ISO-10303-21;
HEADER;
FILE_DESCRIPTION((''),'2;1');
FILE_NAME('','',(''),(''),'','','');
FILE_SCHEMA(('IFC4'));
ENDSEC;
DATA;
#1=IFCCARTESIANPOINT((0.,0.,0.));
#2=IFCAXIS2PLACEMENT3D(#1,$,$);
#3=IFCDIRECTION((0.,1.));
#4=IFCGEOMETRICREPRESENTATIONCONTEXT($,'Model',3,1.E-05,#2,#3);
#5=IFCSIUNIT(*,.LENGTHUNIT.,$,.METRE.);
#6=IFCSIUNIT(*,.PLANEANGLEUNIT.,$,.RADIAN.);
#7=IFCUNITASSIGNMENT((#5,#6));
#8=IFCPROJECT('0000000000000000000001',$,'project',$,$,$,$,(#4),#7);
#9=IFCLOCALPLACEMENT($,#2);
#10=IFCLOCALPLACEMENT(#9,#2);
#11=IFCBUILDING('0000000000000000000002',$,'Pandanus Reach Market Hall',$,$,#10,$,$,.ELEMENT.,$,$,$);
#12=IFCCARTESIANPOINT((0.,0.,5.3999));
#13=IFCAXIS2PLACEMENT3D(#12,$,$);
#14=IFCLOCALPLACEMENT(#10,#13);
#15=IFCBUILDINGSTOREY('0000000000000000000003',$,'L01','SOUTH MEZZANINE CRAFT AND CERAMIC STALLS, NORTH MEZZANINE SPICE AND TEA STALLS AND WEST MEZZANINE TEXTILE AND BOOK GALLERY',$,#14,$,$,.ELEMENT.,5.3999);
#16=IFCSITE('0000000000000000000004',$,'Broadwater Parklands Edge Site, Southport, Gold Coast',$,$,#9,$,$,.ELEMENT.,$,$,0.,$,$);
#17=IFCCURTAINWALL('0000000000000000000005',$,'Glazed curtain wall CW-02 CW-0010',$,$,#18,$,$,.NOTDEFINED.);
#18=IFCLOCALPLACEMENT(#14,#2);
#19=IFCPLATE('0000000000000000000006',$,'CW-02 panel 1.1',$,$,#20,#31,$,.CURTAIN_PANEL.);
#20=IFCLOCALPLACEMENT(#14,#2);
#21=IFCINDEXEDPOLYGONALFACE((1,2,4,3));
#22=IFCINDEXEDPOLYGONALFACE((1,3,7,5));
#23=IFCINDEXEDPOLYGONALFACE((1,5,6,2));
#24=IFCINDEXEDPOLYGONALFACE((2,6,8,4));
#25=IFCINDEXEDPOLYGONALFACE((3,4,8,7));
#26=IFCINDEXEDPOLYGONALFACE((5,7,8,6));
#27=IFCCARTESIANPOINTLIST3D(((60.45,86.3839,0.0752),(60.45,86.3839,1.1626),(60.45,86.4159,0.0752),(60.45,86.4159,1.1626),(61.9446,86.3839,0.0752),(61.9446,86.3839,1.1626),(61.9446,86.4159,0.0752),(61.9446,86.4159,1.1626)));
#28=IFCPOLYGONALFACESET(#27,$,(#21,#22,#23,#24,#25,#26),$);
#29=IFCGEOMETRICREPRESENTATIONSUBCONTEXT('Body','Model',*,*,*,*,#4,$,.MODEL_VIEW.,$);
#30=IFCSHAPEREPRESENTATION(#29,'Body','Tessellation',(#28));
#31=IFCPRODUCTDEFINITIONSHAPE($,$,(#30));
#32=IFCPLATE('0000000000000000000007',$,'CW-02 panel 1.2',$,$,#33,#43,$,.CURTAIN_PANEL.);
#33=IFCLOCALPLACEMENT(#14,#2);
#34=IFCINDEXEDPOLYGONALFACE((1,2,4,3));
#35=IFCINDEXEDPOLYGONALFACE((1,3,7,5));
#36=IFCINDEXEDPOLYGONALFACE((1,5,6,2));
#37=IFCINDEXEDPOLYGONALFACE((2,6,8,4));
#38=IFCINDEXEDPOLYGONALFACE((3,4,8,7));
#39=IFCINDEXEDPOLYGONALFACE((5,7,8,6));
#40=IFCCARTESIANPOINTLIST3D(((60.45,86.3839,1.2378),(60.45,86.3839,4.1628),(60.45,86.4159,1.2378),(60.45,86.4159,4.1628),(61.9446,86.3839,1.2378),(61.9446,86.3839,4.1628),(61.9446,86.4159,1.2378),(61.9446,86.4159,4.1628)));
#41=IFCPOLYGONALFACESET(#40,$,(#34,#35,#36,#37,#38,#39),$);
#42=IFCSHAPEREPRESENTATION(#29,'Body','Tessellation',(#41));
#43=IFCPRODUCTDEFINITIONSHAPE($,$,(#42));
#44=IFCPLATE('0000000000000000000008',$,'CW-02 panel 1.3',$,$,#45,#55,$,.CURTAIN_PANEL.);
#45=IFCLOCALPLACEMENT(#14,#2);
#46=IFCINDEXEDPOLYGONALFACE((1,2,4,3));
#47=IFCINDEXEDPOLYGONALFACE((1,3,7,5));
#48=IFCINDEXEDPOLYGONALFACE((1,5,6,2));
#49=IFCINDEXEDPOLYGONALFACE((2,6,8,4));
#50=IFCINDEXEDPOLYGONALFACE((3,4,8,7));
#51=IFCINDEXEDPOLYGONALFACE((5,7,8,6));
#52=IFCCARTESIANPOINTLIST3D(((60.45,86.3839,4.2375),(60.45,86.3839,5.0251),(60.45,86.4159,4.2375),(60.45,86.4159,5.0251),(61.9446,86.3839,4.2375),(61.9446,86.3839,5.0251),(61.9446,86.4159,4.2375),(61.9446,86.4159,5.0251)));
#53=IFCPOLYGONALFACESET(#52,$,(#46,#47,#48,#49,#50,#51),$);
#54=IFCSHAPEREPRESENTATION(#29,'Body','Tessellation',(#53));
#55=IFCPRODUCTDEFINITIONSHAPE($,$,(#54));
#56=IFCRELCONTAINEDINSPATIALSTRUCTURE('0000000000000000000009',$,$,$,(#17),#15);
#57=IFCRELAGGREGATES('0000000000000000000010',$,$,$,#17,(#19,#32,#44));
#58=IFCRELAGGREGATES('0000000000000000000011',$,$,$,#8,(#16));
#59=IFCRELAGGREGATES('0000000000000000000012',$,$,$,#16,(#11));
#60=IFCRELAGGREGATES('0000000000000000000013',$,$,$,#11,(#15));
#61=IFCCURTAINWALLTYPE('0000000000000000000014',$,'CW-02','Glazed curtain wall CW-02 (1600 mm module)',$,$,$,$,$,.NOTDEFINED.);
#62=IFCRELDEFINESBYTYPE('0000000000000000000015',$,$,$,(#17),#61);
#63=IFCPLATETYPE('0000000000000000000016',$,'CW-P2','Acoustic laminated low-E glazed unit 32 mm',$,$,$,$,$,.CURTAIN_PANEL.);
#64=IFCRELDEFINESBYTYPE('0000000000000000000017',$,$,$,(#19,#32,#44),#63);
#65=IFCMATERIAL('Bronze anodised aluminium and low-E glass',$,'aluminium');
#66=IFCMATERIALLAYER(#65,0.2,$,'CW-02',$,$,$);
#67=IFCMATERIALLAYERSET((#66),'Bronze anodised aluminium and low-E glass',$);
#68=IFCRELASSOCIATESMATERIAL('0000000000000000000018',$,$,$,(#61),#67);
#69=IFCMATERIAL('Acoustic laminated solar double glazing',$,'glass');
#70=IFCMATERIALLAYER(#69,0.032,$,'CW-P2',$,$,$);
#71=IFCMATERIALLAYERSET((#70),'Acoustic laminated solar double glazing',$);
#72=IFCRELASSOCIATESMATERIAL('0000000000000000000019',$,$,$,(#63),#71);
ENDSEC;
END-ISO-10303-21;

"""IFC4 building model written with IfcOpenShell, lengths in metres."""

from ifc_helpers import new_model, si_unit, direction, frame, origin, origin_2d, place, context, subcontext, project, spatial, rectangle, extrude, material, layer, layer_set, type_object, element, aggregate, save


model = new_model("IFC4")

# Units and contexts
model_context = context("Model", 3, precision=1e-05, world=origin(), true_north=direction((0.0, 1.0)))
body_context = subcontext(model_context, "Body", "Model", "MODEL_VIEW")
ifc_project = project(units=[si_unit("LENGTHUNIT", "METRE"), si_unit("PLANEANGLEUNIT", "RADIAN")], contexts=[model_context])

# Site, building, storey
site_placement = place(None, origin())
site = spatial("IfcSite", under=ifc_project, at=site_placement, Name="Broadwater Parklands Edge Site, Southport, Gold Coast", CompositionType="ELEMENT", RefElevation=0.0)
building_placement = place(site_placement, origin())
building = spatial("IfcBuilding", under=site, at=building_placement, Name="Pandanus Reach Market Hall", CompositionType="ELEMENT")
storey_placement = place(building_placement, frame((0.0, 0.0, 5.3999)))
storey = spatial("IfcBuildingStorey", under=building, at=storey_placement, Name="L01", Description="SOUTH MEZZANINE CRAFT AND CERAMIC STALLS, NORTH MEZZANINE SPICE AND TEA STALLS AND WEST MEZZANINE TEXTILE AND BOOK GALLERY", CompositionType="ELEMENT", Elevation=5.3999)

# Curtain wall, plates
ifc_material_1 = material(Name="Bronze anodised aluminium and low-E glass", Category="aluminium")
ifc_layer_1 = layer(ifc_material_1, 0.2, Name="CW-02")
ifc_layer_set_1 = layer_set([ifc_layer_1], Name="Bronze anodised aluminium and low-E glass")
curtain_wall_type = type_object("IfcCurtainWallType", Name="CW-02", Description="Glazed curtain wall CW-02 (1600 mm module)", PredefinedType="NOTDEFINED", material=ifc_layer_set_1)
curtain_wall_placement = place(storey_placement, origin())
curtain_wall = element("IfcCurtainWall", 1, at=curtain_wall_placement, inside=storey, type_object=curtain_wall_type, Name="Glazed curtain wall CW-02 CW-0010", PredefinedType="NOTDEFINED")
ifc_material_2 = material(Name="Acoustic laminated solar double glazing", Category="glass")
ifc_layer_2 = layer(ifc_material_2, 0.032, Name="CW-P2")
ifc_layer_set_2 = layer_set([ifc_layer_2], Name="Acoustic laminated solar double glazing")
plate_type = type_object("IfcPlateType", Name="CW-P2", Description="Acoustic laminated low-E glazed unit 32 mm", PredefinedType="CURTAIN_PANEL", material=ifc_layer_set_2)
plate_1_placement = place(storey_placement, frame((61.1973, 86.3999, 0.0752), z_axis=(0.0, 0.0, 1.0), x_axis=(1.0, 0.0, 0.0)))
plate_1 = element("IfcPlate", 2, at=plate_1_placement, type_object=plate_type, Name="CW-02 panel 1.1", PredefinedType="CURTAIN_PANEL", context=body_context, shape_type="SweptSolid", body=[
    extrude(rectangle(XDim=1.4946, YDim=0.032, at=origin_2d()), origin(), (0.0, 0.0, 1.0), 1.0874),
])
plate_2_placement = place(storey_placement, frame((61.1973, 86.3999, 1.2378), z_axis=(0.0, 0.0, 1.0), x_axis=(1.0, 0.0, 0.0)))
plate_2 = element("IfcPlate", 3, at=plate_2_placement, type_object=plate_type, Name="CW-02 panel 1.2", PredefinedType="CURTAIN_PANEL", context=body_context, shape_type="SweptSolid", body=[
    extrude(rectangle(XDim=1.4946, YDim=0.032, at=origin_2d()), origin(), (0.0, 0.0, 1.0), 2.925),
])
plate_3_placement = place(storey_placement, frame((61.1973, 86.3999, 4.2375), z_axis=(0.0, 0.0, 1.0), x_axis=(1.0, 0.0, 0.0)))
plate_3 = element("IfcPlate", 4, at=plate_3_placement, type_object=plate_type, Name="CW-02 panel 1.3", PredefinedType="CURTAIN_PANEL", context=body_context, shape_type="SweptSolid", body=[
    extrude(rectangle(XDim=1.4946, YDim=0.032, at=origin_2d()), origin(), (0.0, 0.0, 1.0), 0.7876),
])
aggregate(curtain_wall, [plate_1, plate_2, plate_3])

save(model, "model.ifc")
